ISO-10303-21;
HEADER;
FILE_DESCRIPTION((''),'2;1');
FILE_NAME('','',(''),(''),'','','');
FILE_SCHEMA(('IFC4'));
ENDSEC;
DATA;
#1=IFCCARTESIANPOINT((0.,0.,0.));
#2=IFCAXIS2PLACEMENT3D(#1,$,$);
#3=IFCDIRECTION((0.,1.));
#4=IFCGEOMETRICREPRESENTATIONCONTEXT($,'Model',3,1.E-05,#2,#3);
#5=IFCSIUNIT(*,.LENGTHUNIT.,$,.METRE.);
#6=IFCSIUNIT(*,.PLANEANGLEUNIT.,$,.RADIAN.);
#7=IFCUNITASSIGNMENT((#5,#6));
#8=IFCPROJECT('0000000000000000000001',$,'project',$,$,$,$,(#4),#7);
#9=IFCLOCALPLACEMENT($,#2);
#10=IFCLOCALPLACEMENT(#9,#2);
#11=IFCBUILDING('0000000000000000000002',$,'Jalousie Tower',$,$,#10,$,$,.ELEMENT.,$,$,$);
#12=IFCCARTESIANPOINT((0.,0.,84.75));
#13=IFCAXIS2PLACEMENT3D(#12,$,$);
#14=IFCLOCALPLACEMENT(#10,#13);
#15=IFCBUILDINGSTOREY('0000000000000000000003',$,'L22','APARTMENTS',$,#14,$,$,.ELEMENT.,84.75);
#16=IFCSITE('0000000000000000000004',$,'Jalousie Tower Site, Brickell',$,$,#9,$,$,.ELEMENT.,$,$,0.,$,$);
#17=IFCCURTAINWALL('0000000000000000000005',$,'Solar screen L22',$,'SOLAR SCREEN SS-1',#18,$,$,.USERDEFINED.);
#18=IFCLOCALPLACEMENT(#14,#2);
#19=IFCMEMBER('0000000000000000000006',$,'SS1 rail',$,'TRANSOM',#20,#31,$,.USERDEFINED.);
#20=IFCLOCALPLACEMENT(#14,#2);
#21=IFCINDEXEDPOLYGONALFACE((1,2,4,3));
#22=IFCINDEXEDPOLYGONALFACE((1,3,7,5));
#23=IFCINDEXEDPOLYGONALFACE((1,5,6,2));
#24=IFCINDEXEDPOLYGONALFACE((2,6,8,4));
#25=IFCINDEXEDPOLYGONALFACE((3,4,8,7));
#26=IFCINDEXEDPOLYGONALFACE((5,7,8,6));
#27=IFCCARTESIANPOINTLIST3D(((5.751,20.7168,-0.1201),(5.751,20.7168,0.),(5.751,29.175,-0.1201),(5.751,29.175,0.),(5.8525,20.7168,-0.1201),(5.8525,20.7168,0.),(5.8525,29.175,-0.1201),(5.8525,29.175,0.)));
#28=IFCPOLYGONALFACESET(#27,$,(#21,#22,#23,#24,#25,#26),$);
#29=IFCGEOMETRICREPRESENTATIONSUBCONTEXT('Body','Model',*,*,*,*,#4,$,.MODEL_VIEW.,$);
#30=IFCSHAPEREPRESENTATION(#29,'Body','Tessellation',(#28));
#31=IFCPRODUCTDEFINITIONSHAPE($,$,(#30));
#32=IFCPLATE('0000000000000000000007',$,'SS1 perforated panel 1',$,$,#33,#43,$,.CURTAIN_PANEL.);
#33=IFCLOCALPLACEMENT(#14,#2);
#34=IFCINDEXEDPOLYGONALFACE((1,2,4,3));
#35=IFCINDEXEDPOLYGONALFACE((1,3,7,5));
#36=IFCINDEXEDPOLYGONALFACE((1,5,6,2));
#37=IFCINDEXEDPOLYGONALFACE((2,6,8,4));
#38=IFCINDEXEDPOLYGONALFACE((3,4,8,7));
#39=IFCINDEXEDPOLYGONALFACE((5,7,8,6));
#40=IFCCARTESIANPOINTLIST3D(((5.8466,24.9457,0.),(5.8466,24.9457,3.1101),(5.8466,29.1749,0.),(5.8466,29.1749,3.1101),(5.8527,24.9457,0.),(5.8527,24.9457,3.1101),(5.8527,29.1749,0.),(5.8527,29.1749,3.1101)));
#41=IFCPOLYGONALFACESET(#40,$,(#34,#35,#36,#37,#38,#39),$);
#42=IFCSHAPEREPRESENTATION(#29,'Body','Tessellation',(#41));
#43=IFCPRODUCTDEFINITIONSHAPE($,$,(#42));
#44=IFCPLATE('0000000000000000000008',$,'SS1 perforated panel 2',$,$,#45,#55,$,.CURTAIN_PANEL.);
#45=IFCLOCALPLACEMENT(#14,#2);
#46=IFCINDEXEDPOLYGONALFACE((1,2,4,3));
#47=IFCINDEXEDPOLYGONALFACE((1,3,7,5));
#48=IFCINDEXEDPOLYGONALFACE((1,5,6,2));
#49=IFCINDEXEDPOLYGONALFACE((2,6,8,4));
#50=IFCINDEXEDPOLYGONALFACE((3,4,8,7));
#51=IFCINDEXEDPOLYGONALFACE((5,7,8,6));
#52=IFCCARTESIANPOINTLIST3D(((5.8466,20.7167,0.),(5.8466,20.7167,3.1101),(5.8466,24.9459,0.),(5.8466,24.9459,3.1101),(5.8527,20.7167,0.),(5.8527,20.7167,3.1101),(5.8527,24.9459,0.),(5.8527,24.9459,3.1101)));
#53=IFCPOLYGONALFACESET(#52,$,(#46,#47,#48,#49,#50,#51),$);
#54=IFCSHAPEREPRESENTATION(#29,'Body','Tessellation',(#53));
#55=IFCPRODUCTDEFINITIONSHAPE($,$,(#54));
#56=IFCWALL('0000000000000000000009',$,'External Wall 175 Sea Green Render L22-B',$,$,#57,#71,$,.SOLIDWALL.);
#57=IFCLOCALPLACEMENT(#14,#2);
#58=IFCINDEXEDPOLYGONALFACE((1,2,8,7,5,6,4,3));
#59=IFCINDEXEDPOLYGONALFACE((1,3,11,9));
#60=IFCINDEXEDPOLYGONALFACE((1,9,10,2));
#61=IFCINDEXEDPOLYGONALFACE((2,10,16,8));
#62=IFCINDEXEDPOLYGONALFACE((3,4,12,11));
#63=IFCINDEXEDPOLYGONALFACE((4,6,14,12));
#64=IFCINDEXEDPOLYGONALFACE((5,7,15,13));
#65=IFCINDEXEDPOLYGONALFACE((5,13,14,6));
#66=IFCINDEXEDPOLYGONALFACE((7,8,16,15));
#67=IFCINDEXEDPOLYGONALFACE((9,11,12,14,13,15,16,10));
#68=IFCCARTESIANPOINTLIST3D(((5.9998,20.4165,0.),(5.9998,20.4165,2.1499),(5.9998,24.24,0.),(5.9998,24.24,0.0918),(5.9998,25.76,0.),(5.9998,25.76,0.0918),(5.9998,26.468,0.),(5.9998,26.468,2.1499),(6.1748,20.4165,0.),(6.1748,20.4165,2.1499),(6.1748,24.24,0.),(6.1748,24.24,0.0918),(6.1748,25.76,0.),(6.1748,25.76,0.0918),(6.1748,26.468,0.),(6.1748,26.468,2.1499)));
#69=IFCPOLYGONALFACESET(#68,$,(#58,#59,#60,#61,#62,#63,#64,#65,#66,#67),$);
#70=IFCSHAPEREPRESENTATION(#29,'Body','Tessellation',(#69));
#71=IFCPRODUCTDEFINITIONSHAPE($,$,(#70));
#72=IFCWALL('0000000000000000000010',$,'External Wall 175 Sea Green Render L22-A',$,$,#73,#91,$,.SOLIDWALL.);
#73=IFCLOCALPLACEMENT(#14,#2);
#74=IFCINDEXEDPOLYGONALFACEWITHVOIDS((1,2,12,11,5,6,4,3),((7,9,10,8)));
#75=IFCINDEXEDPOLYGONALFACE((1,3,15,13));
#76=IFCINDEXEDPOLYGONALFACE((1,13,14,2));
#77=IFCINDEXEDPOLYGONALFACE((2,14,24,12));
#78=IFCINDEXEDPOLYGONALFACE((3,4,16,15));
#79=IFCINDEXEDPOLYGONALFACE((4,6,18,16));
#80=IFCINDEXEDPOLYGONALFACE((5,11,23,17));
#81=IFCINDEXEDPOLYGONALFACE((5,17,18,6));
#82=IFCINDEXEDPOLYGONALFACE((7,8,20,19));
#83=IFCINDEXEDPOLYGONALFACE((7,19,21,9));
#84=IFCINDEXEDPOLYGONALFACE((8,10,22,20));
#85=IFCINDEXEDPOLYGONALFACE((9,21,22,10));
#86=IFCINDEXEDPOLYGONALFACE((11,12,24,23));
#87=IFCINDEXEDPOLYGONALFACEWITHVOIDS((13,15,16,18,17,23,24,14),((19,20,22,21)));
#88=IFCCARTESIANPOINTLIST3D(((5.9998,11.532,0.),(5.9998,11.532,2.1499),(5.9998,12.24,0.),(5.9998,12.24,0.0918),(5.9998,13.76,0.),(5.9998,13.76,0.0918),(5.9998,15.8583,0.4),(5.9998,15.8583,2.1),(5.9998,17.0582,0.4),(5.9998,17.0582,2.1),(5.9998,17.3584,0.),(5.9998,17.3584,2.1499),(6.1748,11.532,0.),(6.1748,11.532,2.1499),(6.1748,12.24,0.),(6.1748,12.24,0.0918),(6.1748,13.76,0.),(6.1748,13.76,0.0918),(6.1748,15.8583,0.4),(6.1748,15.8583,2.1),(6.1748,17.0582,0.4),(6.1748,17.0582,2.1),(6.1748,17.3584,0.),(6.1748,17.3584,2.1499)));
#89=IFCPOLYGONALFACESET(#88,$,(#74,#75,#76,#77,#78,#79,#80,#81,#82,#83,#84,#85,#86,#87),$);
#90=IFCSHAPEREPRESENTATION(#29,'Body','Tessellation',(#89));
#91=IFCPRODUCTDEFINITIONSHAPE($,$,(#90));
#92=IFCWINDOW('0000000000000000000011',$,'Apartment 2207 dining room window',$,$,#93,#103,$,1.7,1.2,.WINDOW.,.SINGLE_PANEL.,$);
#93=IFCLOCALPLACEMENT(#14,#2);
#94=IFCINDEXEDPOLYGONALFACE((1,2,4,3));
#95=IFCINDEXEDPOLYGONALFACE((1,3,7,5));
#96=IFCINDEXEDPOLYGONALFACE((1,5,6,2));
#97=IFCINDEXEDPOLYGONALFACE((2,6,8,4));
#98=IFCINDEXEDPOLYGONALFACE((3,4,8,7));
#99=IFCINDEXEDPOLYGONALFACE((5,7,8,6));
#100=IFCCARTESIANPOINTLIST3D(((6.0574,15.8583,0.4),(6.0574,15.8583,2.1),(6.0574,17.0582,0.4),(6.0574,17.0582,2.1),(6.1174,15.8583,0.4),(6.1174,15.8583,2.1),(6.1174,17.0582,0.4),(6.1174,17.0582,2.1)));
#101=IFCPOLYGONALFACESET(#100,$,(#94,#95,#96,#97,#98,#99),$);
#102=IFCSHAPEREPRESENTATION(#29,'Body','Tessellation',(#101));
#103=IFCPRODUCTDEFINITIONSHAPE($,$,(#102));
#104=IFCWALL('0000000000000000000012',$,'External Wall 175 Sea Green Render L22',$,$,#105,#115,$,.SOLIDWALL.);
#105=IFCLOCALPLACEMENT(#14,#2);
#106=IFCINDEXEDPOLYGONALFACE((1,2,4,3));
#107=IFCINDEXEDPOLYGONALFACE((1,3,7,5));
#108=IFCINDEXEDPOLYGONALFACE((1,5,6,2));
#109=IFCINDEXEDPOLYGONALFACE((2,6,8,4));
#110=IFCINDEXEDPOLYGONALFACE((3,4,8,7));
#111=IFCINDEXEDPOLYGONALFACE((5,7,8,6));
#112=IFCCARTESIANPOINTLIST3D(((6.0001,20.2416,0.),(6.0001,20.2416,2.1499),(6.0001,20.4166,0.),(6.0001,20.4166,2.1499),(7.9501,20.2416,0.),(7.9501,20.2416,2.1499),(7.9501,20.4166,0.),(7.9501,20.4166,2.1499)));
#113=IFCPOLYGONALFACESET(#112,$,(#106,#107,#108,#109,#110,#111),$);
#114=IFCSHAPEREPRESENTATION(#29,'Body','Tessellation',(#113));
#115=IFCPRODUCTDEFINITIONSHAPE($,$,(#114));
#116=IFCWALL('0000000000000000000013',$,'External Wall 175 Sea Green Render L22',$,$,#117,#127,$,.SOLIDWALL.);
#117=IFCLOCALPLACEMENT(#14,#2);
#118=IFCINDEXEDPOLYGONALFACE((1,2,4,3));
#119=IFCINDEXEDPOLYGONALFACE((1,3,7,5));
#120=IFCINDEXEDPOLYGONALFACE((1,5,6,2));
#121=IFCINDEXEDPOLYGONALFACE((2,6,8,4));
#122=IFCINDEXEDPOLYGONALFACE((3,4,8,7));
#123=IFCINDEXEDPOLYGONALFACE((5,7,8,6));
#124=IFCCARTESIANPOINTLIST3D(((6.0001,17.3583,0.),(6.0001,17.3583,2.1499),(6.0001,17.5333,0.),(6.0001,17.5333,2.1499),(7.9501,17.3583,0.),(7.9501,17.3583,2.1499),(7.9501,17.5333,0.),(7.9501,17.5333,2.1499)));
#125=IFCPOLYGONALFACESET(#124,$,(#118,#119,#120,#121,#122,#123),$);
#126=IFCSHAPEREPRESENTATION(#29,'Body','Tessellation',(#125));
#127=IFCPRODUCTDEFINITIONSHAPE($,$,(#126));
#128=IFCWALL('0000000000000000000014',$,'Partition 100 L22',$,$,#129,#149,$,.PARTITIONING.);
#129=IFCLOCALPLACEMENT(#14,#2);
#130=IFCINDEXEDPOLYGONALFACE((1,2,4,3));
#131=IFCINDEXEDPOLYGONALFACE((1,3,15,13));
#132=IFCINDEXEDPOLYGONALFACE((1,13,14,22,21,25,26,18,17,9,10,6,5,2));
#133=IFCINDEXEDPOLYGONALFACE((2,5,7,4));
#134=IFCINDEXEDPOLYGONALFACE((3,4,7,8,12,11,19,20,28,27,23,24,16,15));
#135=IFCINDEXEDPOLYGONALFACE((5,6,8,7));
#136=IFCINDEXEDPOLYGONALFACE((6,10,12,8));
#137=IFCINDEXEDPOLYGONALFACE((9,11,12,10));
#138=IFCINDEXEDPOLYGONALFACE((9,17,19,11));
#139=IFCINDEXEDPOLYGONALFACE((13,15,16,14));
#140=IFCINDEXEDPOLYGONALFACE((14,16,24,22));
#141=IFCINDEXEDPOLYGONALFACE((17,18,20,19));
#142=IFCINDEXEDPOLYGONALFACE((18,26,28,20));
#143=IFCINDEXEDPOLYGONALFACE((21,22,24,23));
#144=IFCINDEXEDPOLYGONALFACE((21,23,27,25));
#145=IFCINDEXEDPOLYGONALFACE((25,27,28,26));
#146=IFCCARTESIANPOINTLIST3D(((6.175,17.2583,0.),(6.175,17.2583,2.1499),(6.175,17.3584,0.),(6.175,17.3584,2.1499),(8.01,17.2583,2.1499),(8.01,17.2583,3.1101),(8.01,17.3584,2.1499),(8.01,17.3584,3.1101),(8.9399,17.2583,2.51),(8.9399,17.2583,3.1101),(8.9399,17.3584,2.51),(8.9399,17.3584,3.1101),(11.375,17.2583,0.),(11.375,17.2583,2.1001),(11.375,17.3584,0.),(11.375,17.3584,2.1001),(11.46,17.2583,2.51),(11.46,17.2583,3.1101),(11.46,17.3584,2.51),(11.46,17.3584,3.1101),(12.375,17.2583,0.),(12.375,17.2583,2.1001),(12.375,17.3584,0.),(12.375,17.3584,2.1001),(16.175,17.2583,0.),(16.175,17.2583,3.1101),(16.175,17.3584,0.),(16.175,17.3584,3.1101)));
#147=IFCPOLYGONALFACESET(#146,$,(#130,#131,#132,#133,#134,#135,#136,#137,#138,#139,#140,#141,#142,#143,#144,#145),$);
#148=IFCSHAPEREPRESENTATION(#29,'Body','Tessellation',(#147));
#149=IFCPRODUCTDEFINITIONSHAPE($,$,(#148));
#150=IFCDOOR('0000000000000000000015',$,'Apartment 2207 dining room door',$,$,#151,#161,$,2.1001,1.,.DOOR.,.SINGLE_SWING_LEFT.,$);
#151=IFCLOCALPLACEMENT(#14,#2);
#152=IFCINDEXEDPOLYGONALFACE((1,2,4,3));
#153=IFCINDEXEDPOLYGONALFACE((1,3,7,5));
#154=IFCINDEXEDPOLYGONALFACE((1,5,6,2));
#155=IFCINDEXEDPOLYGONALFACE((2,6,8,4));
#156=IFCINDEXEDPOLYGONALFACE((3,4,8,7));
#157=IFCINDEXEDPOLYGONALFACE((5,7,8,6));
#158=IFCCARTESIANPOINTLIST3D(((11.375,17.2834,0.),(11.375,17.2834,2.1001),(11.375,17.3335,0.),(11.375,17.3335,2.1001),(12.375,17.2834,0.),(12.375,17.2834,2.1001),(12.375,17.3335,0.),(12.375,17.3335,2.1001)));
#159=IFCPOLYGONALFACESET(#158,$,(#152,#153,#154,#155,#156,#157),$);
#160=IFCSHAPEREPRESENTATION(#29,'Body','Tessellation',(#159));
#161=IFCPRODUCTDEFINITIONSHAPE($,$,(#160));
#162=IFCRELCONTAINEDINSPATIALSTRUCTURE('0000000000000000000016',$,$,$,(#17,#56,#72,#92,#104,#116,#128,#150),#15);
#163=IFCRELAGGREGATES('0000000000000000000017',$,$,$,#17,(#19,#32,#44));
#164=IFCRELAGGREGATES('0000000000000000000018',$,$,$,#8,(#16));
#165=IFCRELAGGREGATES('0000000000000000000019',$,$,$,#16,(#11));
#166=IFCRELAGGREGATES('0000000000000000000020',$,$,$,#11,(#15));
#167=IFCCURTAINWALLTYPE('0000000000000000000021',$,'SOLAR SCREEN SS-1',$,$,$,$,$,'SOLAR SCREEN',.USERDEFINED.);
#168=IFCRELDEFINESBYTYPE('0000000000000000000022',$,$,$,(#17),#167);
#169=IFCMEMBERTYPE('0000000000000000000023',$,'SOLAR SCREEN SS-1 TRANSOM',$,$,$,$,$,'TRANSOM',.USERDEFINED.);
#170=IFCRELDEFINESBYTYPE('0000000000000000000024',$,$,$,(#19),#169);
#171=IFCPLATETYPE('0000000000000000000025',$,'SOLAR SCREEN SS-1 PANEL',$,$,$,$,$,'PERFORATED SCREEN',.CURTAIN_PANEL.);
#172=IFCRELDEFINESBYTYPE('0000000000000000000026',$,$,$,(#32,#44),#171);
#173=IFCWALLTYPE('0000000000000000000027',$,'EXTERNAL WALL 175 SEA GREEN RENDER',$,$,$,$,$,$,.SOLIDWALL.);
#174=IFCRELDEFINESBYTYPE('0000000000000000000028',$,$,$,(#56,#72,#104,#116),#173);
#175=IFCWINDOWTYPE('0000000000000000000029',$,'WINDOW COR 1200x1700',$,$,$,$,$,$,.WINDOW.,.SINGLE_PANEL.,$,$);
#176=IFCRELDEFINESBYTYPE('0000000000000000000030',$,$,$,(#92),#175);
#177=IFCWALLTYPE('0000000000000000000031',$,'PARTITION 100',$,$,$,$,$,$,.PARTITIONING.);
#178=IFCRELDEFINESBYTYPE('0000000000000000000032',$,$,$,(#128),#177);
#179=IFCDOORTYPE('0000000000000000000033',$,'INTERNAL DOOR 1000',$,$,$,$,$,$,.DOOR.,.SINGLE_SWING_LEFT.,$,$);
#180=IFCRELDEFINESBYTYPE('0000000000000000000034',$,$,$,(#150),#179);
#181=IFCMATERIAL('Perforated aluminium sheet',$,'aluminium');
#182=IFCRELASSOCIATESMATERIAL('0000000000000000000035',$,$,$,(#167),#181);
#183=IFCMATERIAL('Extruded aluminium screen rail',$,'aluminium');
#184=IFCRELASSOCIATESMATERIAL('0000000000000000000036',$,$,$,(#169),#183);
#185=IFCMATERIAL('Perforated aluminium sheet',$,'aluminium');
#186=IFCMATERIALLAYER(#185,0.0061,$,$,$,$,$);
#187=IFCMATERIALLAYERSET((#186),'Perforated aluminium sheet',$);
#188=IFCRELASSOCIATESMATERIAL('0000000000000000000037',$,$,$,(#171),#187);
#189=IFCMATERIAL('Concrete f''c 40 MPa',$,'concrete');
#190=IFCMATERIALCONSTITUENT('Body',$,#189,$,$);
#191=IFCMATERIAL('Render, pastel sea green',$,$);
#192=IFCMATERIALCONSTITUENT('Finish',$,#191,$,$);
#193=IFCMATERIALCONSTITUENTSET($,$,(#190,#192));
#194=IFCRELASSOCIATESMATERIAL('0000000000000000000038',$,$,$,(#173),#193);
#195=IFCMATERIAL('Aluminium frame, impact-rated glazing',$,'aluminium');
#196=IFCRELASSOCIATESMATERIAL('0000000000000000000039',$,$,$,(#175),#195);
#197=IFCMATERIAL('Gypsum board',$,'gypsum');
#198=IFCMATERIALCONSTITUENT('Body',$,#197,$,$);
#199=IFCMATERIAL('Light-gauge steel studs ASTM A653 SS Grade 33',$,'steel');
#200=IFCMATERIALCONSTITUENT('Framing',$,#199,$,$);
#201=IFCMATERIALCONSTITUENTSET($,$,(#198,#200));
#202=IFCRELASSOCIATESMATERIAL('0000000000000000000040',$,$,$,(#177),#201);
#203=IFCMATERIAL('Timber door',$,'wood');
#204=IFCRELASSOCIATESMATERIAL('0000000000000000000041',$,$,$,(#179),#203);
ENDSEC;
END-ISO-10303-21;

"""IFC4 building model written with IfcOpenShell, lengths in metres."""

from ifc_helpers import new_model, si_unit, direction, frame, frame_2d, origin, origin_2d, place, context, subcontext, project, spatial, polyline, rectangle, outline, extrude, material, layer, layer_set, constituent, constituent_set, material_profile, profile_set, type_object, element, fill, aggregate, save


model = new_model("IFC4")

# Units and contexts
model_context = context("Model", 3, precision=1e-05, world=origin(), true_north=direction((0.0, 1.0)))
body_context = subcontext(model_context, "Body", "Model", "MODEL_VIEW")
ifc_project = project(units=[si_unit("LENGTHUNIT", "METRE"), si_unit("PLANEANGLEUNIT", "RADIAN")], contexts=[model_context])

# Site, building, storey
site_placement = place(None, origin())
site = spatial("IfcSite", under=ifc_project, at=site_placement, Name="Jalousie Tower Site, Brickell", CompositionType="ELEMENT", RefElevation=0.0)
building_placement = place(site_placement, origin())
building = spatial("IfcBuilding", under=site, at=building_placement, Name="Jalousie Tower", CompositionType="ELEMENT")
storey_placement = place(building_placement, frame((0.0, 0.0, 84.75)))
storey = spatial("IfcBuildingStorey", under=building, at=storey_placement, Name="L22", Description="APARTMENTS", CompositionType="ELEMENT", Elevation=84.75)

# Shared definitions
ifc_material_1 = material(Name="Perforated aluminium sheet", Category="aluminium")
curtain_wall_type = type_object("IfcCurtainWallType", Name="SOLAR SCREEN SS-1", ElementType="SOLAR SCREEN", PredefinedType="USERDEFINED", material=ifc_material_1)

# Curtain wall, member, plates
curtain_wall_1_placement = place(storey_placement, origin())
curtain_wall_1 = element("IfcCurtainWall", 1, at=curtain_wall_1_placement, inside=storey, type_object=curtain_wall_type, Name="Solar screen L22", ObjectType="SOLAR SCREEN SS-1", PredefinedType="USERDEFINED")
ifc_material_2 = material(Name="Extruded aluminium screen rail", Category="aluminium")
ifc_material_profile_1 = material_profile(ifc_material_2, rectangle(XDim=0.1016, YDim=0.1201, at=origin_2d()), Name="RAIL 102x120")
ifc_profile_set_1 = profile_set([ifc_material_profile_1], Name="Extruded aluminium screen rail")
member_type_1 = type_object("IfcMemberType", Name="SOLAR SCREEN SS-1 TRANSOM", ElementType="TRANSOM", PredefinedType="USERDEFINED", material=ifc_profile_set_1)
member_1_placement = place(storey_placement, frame((5.8018, 29.175, -0.0601), z_axis=(0.0, -1.0, 0.0), x_axis=(1.0, 0.0, 0.0)))
member_1 = element("IfcMember", 2, at=member_1_placement, type_object=member_type_1, Name="SS1 rail", ObjectType="TRANSOM", PredefinedType="USERDEFINED", context=body_context, shape_type="SweptSolid", body=[
    extrude(rectangle(XDim=0.1016, YDim=0.1201, at=origin_2d()), origin(), (0.0, 0.0, 1.0), 8.4583),
])
ifc_material_3 = material(Name="Perforated aluminium sheet", Category="aluminium")
ifc_layer_1 = layer(ifc_material_3, 0.0061)
ifc_layer_set_1 = layer_set([ifc_layer_1], Name="Perforated aluminium sheet")
plate_type = type_object("IfcPlateType", Name="SOLAR SCREEN SS-1 PANEL", ElementType="PERFORATED SCREEN", PredefinedType="CURTAIN_PANEL", material=ifc_layer_set_1)
plate_1_placement = place(storey_placement, frame((5.8496, 27.0603, 0.0), z_axis=(0.0, 0.0, 1.0), x_axis=(0.0, -1.0, 0.0)))
plate_1 = element("IfcPlate", 3, at=plate_1_placement, type_object=plate_type, Name="SS1 perforated panel 1", PredefinedType="CURTAIN_PANEL", context=body_context, shape_type="SweptSolid", body=[
    extrude(rectangle(XDim=4.2292, YDim=0.0061, at=origin_2d()), origin(), (0.0, 0.0, 1.0), 3.1101),
])
plate_2_placement = place(storey_placement, frame((5.8496, 22.8313, 0.0), z_axis=(0.0, 0.0, 1.0), x_axis=(0.0, -1.0, 0.0)))
plate_2 = element("IfcPlate", 4, at=plate_2_placement, type_object=plate_type, Name="SS1 perforated panel 2", PredefinedType="CURTAIN_PANEL", context=body_context, shape_type="SweptSolid", body=[
    extrude(rectangle(XDim=4.2292, YDim=0.0061, at=origin_2d()), origin(), (0.0, 0.0, 1.0), 3.1101),
])
aggregate(curtain_wall_1, [member_1, plate_1, plate_2])

# Wall
ifc_material_4 = material(Name="Concrete f'c 40 MPa", Category="concrete")
ifc_constituent_1 = constituent(ifc_material_4, Name="Body")
ifc_material_5 = material(Name="Render, pastel sea green")
ifc_constituent_2 = constituent(ifc_material_5, Name="Finish")
ifc_constituent_set_1 = constituent_set(constituents=[ifc_constituent_1, ifc_constituent_2])
wall_type_1 = type_object("IfcWallType", Name="EXTERNAL WALL 175 SEA GREEN RENDER", PredefinedType="SOLIDWALL", material=ifc_constituent_set_1)
wall_1_placement = place(storey_placement, frame((6.0874, 26.468, 0.0), z_axis=(0.0, 0.0, 1.0), x_axis=(0.0, -1.0, 0.0)))
element("IfcWall", 5, at=wall_1_placement, inside=storey, type_object=wall_type_1, Name="External Wall 175 Sea Green Render L22-B", PredefinedType="SOLIDWALL", context=body_context, shape_type="SweptSolid", body=[
    extrude(outline(polyline([(2.228, 0.0918), (2.228, 0.0), (6.0515, 0.0), (6.0515, 2.1499), (0.0, 2.1499), (0.0, 0.0), (0.708, 0.0), (0.708, 0.0918), (2.228, 0.0918)])), frame((0.0, 0.0874, 0.0), z_axis=(0.0, -1.0, 0.0), x_axis=(1.0, 0.0, 0.0)), (0.0, 0.0, 1.0), 0.175),
])

# Wall, opening, window
wall_2_placement = place(storey_placement, frame((6.0874, 17.3584, 0.0), z_axis=(0.0, 0.0, 1.0), x_axis=(0.0, -1.0, 0.0)))
wall_2 = element("IfcWall", 6, at=wall_2_placement, inside=storey, type_object=wall_type_1, Name="External Wall 175 Sea Green Render L22-A", PredefinedType="SOLIDWALL", context=body_context, shape_type="SweptSolid", body=[
    extrude(outline(polyline([(5.1184, 0.0918), (5.1184, 0.0), (5.8264, 0.0), (5.8264, 2.1499), (0.0, 2.1499), (0.0, 0.0), (3.5984, 0.0), (3.5984, 0.0918), (5.1184, 0.0918)])), frame((0.0, 0.0874, 0.0), z_axis=(0.0, -1.0, 0.0), x_axis=(1.0, 0.0, 0.0)), (0.0, 0.0, 1.0), 0.175),
])
opening_1_placement = place(wall_2_placement, frame((0.3, 0.0, 0.3999)))
opening_1 = element("IfcOpeningElement", 7, at=opening_1_placement, cuts=wall_2, PredefinedType="OPENING", context=body_context, shape_type="SweptSolid", body=[
    extrude(rectangle(XDim=1.2, YDim=1.7, at=frame_2d((0.6001, 0.8501))), frame((0.0, 0.0974, 0.0), z_axis=(0.0, -1.0, 0.0), x_axis=(1.0, 0.0, 0.0)), (0.0, 0.0, 1.0), 0.1951),
])
ifc_material_6 = material(Name="Aluminium frame, impact-rated glazing", Category="aluminium")
window_type = type_object("IfcWindowType", Name="WINDOW COR 1200x1700", PartitioningType="SINGLE_PANEL", PredefinedType="WINDOW", material=ifc_material_6)
window_placement = place(opening_1_placement, origin())
window = element("IfcWindow", 8, at=window_placement, inside=storey, type_object=window_type, Name="Apartment 2207 dining room window", OverallHeight=1.7, OverallWidth=1.2, PartitioningType="SINGLE_PANEL", PredefinedType="WINDOW", context=body_context, shape_type="SweptSolid", body=[
    extrude(rectangle(XDim=1.2, YDim=1.7, at=frame_2d((0.6001, 0.8501))), frame((0.0, 0.03, 0.0), z_axis=(0.0, -1.0, 0.0), x_axis=(1.0, 0.0, 0.0)), (0.0, 0.0, 1.0), 0.0601),
])
fill(opening_1, window)

# Walls
for number, where, z_axis, x_axis, name in (
    (9, (6.0, 20.3291, 0.0), (0.0, 0.0, 1.0), (1.0, 0.0, 0.0), "External Wall 175 Sea Green Render L22"),
    (10, (6.0, 17.4458, 0.0), (0.0, 0.0, 1.0), (1.0, 0.0, 0.0), "External Wall 175 Sea Green Render L22"),
):
    element("IfcWall", number, at=place(storey_placement, frame(where, z_axis=z_axis, x_axis=x_axis)), inside=storey, type_object=wall_type_1, Name=name, PredefinedType="SOLIDWALL", context=body_context, shape_type="SweptSolid", body=[
        extrude(rectangle(XDim=1.95, YDim=0.175, at=frame_2d((0.9751, 0.0))), origin(), (0.0, 0.0, 1.0), 2.1499),
    ])

# Wall, opening, door
ifc_material_7 = material(Name="Gypsum board", Category="gypsum")
ifc_constituent_3 = constituent(ifc_material_7, Name="Body")
ifc_material_8 = material(Name="Light-gauge steel studs ASTM A653 SS Grade 33", Category="steel")
ifc_constituent_4 = constituent(ifc_material_8, Name="Framing")
ifc_constituent_set_2 = constituent_set(constituents=[ifc_constituent_3, ifc_constituent_4])
wall_type_2 = type_object("IfcWallType", Name="PARTITION 100", PredefinedType="PARTITIONING", material=ifc_constituent_set_2)
wall_3_placement = place(storey_placement, frame((6.175, 17.3083, 0.0), z_axis=(0.0, 0.0, 1.0), x_axis=(1.0, 0.0, 0.0)))
wall_3 = element("IfcWall", 11, at=wall_3_placement, inside=storey, type_object=wall_type_2, Name="Partition 100 L22", PredefinedType="PARTITIONING", context=body_context, shape_type="SweptSolid", body=[
    extrude(outline(polyline([(0.0, 0.0), (10.0, 0.0), (10.0, 3.1101), (5.2849, 3.1101), (5.2849, 2.51), (2.7649, 2.51), (2.7649, 3.1101), (1.835, 3.1101), (1.835, 2.1499), (0.0, 2.1499), (0.0, 3.1101), (0.0, 0.0)])), frame((0.0, 0.05, 0.0), z_axis=(0.0, -1.0, 0.0), x_axis=(1.0, 0.0, 0.0)), (0.0, 0.0, 1.0), 0.1001),
])
opening_2_placement = place(wall_3_placement, frame((5.2, 0.0, 0.0)))
opening_2 = element("IfcOpeningElement", 12, at=opening_2_placement, cuts=wall_3, PredefinedType="OPENING", context=body_context, shape_type="SweptSolid", body=[
    extrude(rectangle(XDim=1.0, YDim=2.1001, at=frame_2d((0.5, 1.05))), frame((0.0, 0.0601, 0.0), z_axis=(0.0, -1.0, 0.0), x_axis=(1.0, 0.0, 0.0)), (0.0, 0.0, 1.0), 0.1201),
])
ifc_material_9 = material(Name="Timber door", Category="wood")
door_type = type_object("IfcDoorType", Name="INTERNAL DOOR 1000", OperationType="SINGLE_SWING_LEFT", PredefinedType="DOOR", material=ifc_material_9)
door_1_placement = place(opening_2_placement, frame((1.0, 0.0, 0.0), z_axis=(0.0, 0.0, 1.0), x_axis=(-1.0, 0.0, 0.0)))
door_1 = element("IfcDoor", 13, at=door_1_placement, inside=storey, type_object=door_type, Name="Apartment 2207 dining room door", OperationType="SINGLE_SWING_LEFT", OverallHeight=2.1001, OverallWidth=1.0, PredefinedType="DOOR", context=body_context, shape_type="SweptSolid", body=[
    extrude(rectangle(XDim=1.0, YDim=2.1001, at=frame_2d((0.5, 1.05))), frame((0.0, 0.0249, 0.0), z_axis=(0.0, -1.0, 0.0), x_axis=(1.0, 0.0, 0.0)), (0.0, 0.0, 1.0), 0.05),
])
fill(opening_2, door_1)

save(model, "model.ifc")
